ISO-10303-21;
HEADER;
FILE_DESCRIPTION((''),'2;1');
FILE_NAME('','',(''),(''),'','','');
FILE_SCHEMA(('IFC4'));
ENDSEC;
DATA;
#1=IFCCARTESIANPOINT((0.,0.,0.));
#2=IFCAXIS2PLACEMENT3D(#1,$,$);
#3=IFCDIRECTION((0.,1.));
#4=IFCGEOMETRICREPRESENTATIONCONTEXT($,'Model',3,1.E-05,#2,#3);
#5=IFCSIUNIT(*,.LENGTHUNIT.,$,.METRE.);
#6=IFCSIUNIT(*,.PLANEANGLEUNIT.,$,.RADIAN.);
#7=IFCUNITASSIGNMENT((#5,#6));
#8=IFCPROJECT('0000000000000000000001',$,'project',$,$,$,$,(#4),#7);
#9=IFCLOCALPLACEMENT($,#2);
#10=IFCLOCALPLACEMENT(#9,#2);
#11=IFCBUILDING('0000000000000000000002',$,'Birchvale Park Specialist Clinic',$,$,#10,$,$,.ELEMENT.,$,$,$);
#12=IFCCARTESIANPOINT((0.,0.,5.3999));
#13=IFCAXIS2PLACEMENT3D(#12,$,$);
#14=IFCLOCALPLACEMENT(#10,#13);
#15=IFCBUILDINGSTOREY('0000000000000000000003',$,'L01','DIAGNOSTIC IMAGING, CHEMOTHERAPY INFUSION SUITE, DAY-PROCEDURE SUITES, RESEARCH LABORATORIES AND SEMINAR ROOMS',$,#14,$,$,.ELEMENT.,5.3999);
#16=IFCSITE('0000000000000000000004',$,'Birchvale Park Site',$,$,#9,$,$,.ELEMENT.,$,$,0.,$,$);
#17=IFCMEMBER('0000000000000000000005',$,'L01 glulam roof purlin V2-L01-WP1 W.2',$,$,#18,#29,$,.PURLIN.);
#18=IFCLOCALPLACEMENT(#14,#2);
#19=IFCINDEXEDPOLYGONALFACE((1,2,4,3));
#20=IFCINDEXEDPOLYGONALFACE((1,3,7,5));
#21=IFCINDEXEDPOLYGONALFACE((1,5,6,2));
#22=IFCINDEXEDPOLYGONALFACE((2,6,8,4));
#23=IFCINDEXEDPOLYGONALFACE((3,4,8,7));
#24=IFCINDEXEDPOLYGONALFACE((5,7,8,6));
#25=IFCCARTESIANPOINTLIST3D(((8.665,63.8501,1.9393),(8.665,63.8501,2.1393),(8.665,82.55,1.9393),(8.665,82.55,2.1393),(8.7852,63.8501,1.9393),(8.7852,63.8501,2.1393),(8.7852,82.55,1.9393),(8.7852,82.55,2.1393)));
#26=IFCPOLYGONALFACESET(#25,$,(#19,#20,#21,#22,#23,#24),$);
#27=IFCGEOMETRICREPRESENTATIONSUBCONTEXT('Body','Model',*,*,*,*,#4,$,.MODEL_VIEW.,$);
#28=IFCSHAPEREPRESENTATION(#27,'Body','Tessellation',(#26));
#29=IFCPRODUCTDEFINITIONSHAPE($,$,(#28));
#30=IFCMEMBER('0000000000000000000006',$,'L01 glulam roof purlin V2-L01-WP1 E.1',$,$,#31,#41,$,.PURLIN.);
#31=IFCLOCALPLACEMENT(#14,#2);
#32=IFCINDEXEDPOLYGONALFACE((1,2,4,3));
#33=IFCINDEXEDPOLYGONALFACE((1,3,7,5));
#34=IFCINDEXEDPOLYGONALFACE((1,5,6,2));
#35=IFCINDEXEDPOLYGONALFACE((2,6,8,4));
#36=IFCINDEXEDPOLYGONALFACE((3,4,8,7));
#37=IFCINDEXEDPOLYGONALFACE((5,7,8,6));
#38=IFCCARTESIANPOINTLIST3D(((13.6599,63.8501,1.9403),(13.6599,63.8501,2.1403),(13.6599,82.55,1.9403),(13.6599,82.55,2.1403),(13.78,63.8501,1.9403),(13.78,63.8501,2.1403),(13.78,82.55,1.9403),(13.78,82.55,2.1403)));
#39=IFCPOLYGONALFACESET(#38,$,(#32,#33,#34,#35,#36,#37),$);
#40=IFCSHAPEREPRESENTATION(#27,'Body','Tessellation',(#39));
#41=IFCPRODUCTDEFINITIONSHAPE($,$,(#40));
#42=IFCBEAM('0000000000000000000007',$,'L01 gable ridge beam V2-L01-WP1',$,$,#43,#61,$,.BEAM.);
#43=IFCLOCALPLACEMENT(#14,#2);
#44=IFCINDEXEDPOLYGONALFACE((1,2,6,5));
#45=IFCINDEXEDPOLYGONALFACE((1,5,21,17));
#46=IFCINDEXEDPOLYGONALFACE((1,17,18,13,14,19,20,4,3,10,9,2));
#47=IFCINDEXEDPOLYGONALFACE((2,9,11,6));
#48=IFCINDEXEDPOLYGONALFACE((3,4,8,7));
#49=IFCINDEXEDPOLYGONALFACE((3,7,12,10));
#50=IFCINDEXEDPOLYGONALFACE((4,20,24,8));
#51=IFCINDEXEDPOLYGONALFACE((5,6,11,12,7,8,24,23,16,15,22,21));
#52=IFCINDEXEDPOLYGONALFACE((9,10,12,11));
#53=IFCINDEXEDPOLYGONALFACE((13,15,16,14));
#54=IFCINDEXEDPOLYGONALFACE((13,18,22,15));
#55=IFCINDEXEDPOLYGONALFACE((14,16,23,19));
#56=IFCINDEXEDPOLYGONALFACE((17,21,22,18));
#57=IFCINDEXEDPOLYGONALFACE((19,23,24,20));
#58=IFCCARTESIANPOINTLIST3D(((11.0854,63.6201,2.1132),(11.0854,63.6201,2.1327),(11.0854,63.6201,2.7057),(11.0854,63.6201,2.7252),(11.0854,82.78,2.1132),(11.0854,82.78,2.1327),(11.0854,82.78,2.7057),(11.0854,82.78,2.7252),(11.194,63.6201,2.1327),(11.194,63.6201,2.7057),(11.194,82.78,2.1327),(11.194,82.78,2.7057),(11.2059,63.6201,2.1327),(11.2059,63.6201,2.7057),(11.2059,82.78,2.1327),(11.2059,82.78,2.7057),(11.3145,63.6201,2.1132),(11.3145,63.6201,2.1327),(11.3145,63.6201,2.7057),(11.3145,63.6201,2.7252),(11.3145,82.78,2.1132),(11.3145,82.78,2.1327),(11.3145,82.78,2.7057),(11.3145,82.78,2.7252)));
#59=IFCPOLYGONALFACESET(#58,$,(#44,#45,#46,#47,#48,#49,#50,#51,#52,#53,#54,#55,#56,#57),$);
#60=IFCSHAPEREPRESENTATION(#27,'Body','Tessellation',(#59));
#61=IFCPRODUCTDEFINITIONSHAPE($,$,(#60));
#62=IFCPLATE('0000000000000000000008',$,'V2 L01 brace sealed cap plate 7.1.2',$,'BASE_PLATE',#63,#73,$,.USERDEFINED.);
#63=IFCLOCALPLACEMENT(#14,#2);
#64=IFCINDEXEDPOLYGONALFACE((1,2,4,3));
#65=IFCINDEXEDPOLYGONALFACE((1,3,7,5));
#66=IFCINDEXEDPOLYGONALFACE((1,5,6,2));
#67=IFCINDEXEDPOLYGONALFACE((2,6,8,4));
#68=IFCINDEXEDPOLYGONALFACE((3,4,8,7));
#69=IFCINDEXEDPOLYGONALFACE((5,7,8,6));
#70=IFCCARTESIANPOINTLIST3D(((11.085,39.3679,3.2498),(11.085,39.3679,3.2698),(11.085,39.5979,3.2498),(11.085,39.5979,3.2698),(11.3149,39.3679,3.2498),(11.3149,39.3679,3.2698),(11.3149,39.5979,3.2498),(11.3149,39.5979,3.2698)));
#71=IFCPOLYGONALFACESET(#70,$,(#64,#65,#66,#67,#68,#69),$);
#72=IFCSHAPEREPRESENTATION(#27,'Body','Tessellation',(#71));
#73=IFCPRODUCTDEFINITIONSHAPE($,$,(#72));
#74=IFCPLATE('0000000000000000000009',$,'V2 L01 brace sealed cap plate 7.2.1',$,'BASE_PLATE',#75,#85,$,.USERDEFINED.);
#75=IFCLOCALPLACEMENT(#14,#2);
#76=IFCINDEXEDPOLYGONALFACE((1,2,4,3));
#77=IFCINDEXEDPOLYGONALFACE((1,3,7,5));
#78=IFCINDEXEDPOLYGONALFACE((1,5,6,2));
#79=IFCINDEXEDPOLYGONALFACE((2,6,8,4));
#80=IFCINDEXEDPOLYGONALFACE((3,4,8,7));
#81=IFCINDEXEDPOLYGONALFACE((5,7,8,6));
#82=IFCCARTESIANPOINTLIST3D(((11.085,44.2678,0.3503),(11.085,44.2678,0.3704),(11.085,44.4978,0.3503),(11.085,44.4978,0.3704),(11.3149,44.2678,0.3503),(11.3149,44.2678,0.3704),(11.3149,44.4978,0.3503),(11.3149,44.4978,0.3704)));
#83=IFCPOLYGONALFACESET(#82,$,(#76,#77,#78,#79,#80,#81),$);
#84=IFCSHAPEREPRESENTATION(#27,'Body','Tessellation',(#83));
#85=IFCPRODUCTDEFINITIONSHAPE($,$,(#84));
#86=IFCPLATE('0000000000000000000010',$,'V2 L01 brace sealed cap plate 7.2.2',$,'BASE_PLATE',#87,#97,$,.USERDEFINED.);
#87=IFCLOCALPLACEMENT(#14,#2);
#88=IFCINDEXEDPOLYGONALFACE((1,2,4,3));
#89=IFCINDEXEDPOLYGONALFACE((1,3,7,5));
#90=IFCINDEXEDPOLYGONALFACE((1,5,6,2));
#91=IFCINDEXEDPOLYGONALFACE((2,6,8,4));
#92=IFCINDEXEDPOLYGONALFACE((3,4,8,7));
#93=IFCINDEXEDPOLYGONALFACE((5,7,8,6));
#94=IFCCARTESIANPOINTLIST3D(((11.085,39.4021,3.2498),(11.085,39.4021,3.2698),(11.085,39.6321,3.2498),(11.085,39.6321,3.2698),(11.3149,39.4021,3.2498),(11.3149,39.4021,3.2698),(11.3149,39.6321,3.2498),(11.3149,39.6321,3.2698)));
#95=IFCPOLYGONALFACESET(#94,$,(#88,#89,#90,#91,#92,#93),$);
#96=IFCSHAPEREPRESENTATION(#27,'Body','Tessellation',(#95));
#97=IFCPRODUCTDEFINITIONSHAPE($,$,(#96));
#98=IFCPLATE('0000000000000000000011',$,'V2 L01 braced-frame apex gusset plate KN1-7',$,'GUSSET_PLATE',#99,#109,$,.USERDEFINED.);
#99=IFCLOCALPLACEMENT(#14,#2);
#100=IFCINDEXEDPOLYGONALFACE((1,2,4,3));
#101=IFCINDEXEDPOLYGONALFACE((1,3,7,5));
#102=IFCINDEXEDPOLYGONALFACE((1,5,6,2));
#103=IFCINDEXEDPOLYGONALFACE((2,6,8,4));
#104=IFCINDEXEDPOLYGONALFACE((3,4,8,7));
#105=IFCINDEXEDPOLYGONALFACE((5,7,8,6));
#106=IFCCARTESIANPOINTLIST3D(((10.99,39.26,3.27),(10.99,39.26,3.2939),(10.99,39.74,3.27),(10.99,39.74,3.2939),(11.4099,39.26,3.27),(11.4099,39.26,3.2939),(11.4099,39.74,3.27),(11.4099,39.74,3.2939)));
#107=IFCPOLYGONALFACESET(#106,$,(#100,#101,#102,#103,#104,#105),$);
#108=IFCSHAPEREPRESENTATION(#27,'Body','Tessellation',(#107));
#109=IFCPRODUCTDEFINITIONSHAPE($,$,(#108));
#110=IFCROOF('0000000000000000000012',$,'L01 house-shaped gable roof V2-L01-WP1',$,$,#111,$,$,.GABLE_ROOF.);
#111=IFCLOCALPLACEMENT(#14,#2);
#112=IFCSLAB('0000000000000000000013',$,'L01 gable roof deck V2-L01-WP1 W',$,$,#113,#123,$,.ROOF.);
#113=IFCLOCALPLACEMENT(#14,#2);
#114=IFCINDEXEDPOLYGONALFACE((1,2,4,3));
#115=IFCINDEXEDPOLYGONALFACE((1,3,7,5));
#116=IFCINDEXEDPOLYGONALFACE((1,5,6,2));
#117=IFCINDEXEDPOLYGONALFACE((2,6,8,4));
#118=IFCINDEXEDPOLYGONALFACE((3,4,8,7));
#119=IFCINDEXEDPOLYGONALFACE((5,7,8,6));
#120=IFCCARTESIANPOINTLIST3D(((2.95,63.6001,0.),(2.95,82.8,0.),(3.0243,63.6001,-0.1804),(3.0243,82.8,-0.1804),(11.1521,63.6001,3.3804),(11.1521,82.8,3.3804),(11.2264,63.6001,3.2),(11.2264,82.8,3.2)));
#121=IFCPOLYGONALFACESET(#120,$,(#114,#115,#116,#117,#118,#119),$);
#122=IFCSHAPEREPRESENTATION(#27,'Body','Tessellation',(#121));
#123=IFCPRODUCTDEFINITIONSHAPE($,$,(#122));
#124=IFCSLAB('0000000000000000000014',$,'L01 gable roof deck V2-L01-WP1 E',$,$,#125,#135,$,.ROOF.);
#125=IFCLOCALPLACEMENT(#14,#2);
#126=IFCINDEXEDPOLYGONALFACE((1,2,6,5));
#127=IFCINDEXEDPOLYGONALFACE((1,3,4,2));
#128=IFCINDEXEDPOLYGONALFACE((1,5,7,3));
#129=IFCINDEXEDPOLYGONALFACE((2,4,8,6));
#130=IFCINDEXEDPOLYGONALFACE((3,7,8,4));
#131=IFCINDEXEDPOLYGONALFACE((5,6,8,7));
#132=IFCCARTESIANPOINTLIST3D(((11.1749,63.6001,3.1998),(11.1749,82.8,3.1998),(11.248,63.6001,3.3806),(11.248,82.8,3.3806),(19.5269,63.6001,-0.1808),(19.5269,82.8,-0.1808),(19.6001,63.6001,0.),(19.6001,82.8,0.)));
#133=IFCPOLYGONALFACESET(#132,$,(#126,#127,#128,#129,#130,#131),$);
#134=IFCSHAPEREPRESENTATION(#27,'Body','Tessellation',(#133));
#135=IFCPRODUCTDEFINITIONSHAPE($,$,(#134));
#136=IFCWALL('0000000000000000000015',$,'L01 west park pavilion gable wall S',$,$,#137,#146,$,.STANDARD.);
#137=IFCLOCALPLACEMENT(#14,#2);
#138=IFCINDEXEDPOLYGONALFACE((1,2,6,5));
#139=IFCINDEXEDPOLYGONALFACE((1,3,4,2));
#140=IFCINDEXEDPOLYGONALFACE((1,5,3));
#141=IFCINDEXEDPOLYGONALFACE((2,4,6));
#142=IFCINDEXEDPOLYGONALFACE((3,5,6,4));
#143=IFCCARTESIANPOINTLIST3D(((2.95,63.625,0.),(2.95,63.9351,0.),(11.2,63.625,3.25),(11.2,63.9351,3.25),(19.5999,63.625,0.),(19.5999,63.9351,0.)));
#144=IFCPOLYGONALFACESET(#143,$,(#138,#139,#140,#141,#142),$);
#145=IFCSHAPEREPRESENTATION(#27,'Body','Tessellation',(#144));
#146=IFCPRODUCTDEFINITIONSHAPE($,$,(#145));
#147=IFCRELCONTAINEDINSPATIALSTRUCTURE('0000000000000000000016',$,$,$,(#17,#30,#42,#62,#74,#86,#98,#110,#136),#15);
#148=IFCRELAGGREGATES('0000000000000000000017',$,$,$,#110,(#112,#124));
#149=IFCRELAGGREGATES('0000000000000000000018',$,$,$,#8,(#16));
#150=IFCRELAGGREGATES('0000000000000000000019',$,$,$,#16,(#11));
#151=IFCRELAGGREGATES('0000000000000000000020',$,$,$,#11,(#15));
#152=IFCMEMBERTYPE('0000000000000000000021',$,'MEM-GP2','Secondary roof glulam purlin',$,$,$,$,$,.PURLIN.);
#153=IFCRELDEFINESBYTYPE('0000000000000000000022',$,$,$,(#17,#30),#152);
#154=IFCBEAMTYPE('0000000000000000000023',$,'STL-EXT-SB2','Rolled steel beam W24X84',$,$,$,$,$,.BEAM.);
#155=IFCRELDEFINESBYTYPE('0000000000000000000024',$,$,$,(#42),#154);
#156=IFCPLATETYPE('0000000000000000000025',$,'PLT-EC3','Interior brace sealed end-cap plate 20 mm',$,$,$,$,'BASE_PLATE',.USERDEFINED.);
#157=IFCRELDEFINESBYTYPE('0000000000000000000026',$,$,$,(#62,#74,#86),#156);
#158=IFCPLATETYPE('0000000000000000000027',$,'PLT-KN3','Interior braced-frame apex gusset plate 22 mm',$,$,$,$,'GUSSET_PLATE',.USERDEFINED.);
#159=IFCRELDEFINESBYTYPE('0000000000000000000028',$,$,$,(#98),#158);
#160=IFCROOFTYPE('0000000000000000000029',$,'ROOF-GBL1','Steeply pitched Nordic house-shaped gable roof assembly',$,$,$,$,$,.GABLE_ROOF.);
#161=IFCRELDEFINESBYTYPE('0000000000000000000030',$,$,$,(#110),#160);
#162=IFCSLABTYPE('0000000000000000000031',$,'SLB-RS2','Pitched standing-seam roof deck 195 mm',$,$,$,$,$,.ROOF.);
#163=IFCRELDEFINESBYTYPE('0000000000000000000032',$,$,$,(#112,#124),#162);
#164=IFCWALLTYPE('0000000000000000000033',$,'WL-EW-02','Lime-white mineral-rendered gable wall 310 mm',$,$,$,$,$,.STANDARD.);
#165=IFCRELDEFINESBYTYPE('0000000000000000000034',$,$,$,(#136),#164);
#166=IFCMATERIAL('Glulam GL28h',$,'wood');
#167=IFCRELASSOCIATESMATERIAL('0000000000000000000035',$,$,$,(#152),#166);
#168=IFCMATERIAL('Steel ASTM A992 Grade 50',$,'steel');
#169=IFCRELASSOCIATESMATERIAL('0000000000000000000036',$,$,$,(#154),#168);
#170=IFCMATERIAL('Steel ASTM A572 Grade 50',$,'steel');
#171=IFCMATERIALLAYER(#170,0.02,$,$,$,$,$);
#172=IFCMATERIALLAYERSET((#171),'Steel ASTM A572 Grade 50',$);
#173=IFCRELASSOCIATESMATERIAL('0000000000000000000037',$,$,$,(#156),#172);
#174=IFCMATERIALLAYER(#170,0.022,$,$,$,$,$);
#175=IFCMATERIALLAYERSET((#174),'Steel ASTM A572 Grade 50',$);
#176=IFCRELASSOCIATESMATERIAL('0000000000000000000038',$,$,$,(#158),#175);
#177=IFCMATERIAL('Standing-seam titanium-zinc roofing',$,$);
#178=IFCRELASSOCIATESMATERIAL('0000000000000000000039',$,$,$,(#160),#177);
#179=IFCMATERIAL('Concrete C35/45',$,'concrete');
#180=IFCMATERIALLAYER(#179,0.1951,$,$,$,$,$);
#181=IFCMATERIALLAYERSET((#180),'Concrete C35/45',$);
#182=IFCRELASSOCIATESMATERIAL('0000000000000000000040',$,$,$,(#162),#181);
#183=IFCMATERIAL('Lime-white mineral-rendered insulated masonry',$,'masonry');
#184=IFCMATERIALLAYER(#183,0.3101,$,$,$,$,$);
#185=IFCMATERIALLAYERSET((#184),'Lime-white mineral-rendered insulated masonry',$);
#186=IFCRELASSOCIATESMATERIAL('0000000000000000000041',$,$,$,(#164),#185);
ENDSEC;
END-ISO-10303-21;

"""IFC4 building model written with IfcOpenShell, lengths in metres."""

from ifc_helpers import new_model, si_unit, direction, frame, origin, origin_2d, place, context, subcontext, project, spatial, polyline, rectangle, i_section, outline, extrude, material, layer, layer_set, material_profile, profile_set, type_object, element, aggregate, save


model = new_model("IFC4")

# Units and contexts
model_context = context("Model", 3, precision=1e-05, world=origin(), true_north=direction((0.0, 1.0)))
body_context = subcontext(model_context, "Body", "Model", "MODEL_VIEW")
ifc_project = project(units=[si_unit("LENGTHUNIT", "METRE"), si_unit("PLANEANGLEUNIT", "RADIAN")], contexts=[model_context])

# Site, building, storey
site_placement = place(None, origin())
site = spatial("IfcSite", under=ifc_project, at=site_placement, Name="Birchvale Park Site", CompositionType="ELEMENT", RefElevation=0.0)
building_placement = place(site_placement, origin())
building = spatial("IfcBuilding", under=site, at=building_placement, Name="Birchvale Park Specialist Clinic", CompositionType="ELEMENT")
storey_placement = place(building_placement, frame((0.0, 0.0, 5.3999)))
storey = spatial("IfcBuildingStorey", under=building, at=storey_placement, Name="L01", Description="DIAGNOSTIC IMAGING, CHEMOTHERAPY INFUSION SUITE, DAY-PROCEDURE SUITES, RESEARCH LABORATORIES AND SEMINAR ROOMS", CompositionType="ELEMENT", Elevation=5.3999)

# Members
ifc_material_1 = material(Name="Glulam GL28h", Category="wood")
ifc_material_profile_1 = material_profile(ifc_material_1, rectangle(XDim=0.1201, YDim=0.2, at=origin_2d()), Name="GL-120x200")
ifc_profile_set_1 = profile_set([ifc_material_profile_1], Name="Glulam GL28h")
member_type_1 = type_object("IfcMemberType", Name="MEM-GP2", Description="Secondary roof glulam purlin", PredefinedType="PURLIN", material=ifc_profile_set_1)
for number, where, z_axis, x_axis, name in (
    (1, (8.7251, 63.8501, 2.0393), (0.0, 1.0, 0.0), (-1.0, 0.0, 0.0), "L01 glulam roof purlin V2-L01-WP1 W.2"),
    (2, (13.72, 63.8501, 2.0403), (0.0, 1.0, 0.0), (-1.0, 0.0, 0.0), "L01 glulam roof purlin V2-L01-WP1 E.1"),
):
    element("IfcMember", number, at=place(storey_placement, frame(where, z_axis=z_axis, x_axis=x_axis)), inside=storey, type_object=member_type_1, Name=name, PredefinedType="PURLIN", context=body_context, shape_type="SweptSolid", body=[
        extrude(rectangle(XDim=0.1201, YDim=0.2, at=origin_2d()), origin(), (0.0, 0.0, 1.0), 18.7),
    ])

# Beam
ifc_material_2 = material(Name="Steel ASTM A992 Grade 50", Category="steel")
ifc_material_profile_2 = material_profile(ifc_material_2, i_section(OverallWidth=0.229, OverallDepth=0.6121, WebThickness=0.012, FlangeThickness=0.0195, at=origin_2d()), Name="W24X84")
ifc_profile_set_2 = profile_set([ifc_material_profile_2], Name="Steel ASTM A992 Grade 50")
beam_type_1 = type_object("IfcBeamType", Name="STL-EXT-SB2", Description="Rolled steel beam W24X84", PredefinedType="BEAM", material=ifc_profile_set_2)
beam_1_placement = place(storey_placement, frame((11.2, 63.6201, 2.4192), z_axis=(0.0, 1.0, 0.0), x_axis=(-1.0, 0.0, 0.0)))
element("IfcBeam", 3, at=beam_1_placement, inside=storey, type_object=beam_type_1, Name="L01 gable ridge beam V2-L01-WP1", PredefinedType="BEAM", context=body_context, shape_type="SweptSolid", body=[
    extrude(i_section(OverallWidth=0.229, OverallDepth=0.6121, WebThickness=0.012, FlangeThickness=0.0195, at=origin_2d()), origin(), (0.0, 0.0, 1.0), 19.1599),
])

# Plates
ifc_material_3 = material(Name="Steel ASTM A572 Grade 50", Category="steel")
ifc_layer_1 = layer(ifc_material_3, 0.02)
ifc_layer_set_1 = layer_set([ifc_layer_1], Name="Steel ASTM A572 Grade 50")
plate_type_1 = type_object("IfcPlateType", Name="PLT-EC3", Description="Interior brace sealed end-cap plate 20 mm", ElementType="BASE_PLATE", PredefinedType="USERDEFINED", material=ifc_layer_set_1)
for number, where, z_axis, x_axis, name in (
    (4, (11.2, 39.4829, 3.2498), (0.0, 0.0, 1.0), (1.0, 0.0, 0.0), "V2 L01 brace sealed cap plate 7.1.2"),
    (5, (11.2, 44.3828, 0.3503), (0.0, 0.0, 1.0), (1.0, 0.0, 0.0), "V2 L01 brace sealed cap plate 7.2.1"),
    (6, (11.2, 39.5171, 3.2498), (0.0, 0.0, 1.0), (1.0, 0.0, 0.0), "V2 L01 brace sealed cap plate 7.2.2"),
):
    element("IfcPlate", number, at=place(storey_placement, frame(where, z_axis=z_axis, x_axis=x_axis)), inside=storey, type_object=plate_type_1, Name=name, ObjectType="BASE_PLATE", PredefinedType="USERDEFINED", context=body_context, shape_type="SweptSolid", body=[
        extrude(rectangle(XDim=0.23, YDim=0.23, at=origin_2d()), origin(), (0.0, 0.0, 1.0), 0.02),
    ])
ifc_layer_2 = layer(ifc_material_3, 0.022)
ifc_layer_set_2 = layer_set([ifc_layer_2], Name="Steel ASTM A572 Grade 50")
plate_type_2 = type_object("IfcPlateType", Name="PLT-KN3", Description="Interior braced-frame apex gusset plate 22 mm", ElementType="GUSSET_PLATE", PredefinedType="USERDEFINED", material=ifc_layer_set_2)
plate_placement = place(storey_placement, frame((11.2, 39.5, 3.27), z_axis=(0.0, 0.0, 1.0), x_axis=(1.0, 0.0, 0.0)))
element("IfcPlate", 7, at=plate_placement, inside=storey, type_object=plate_type_2, Name="V2 L01 braced-frame apex gusset plate KN1-7", ObjectType="GUSSET_PLATE", PredefinedType="USERDEFINED", context=body_context, shape_type="SweptSolid", body=[
    extrude(rectangle(XDim=0.4199, YDim=0.48, at=origin_2d()), origin(), (0.0, 0.0, 1.0), 0.0239),
])

# Roof, slabs
ifc_material_4 = material(Name="Standing-seam titanium-zinc roofing")
roof_type = type_object("IfcRoofType", Name="ROOF-GBL1", Description="Steeply pitched Nordic house-shaped gable roof assembly", PredefinedType="GABLE_ROOF", material=ifc_material_4)
roof_placement = place(storey_placement, origin())
roof = element("IfcRoof", 8, at=roof_placement, inside=storey, type_object=roof_type, Name="L01 house-shaped gable roof V2-L01-WP1", PredefinedType="GABLE_ROOF")
ifc_material_5 = material(Name="Concrete C35/45", Category="concrete")
ifc_layer_3 = layer(ifc_material_5, 0.1951)
ifc_layer_set_3 = layer_set([ifc_layer_3], Name="Concrete C35/45")
slab_type = type_object("IfcSlabType", Name="SLB-RS2", Description="Pitched standing-seam roof deck 195 mm", PredefinedType="ROOF", material=ifc_layer_set_3)
slab_1_placement = place(storey_placement, frame((2.95, 63.6001, 0.0), z_axis=(-0.38104, 0.0, 0.924558), x_axis=(0.924558, 0.0, 0.38104)))
slab_1 = element("IfcSlab", 9, at=slab_1_placement, type_object=slab_type, Name="L01 gable roof deck V2-L01-WP1 W", PredefinedType="ROOF", context=body_context, shape_type="SweptSolid", body=[
    extrude(outline(polyline([(0.0, 0.0), (8.8714, 0.0), (8.8714, 19.2), (0.0, 19.2), (0.0, 0.0)])), origin(), (0.0, 0.0, -1.0), 0.1951),
])
slab_2_placement = place(storey_placement, frame((11.248, 63.6001, 3.3806), z_axis=(0.375195, 0.0, 0.926946), x_axis=(0.926946, 0.0, -0.375195)))
slab_2 = element("IfcSlab", 10, at=slab_2_placement, type_object=slab_type, Name="L01 gable roof deck V2-L01-WP1 E", PredefinedType="ROOF", context=body_context, shape_type="SweptSolid", body=[
    extrude(outline(polyline([(0.0, 0.0), (9.0103, 0.0), (9.0103, 19.2), (0.0, 19.2), (0.0, 0.0)])), origin(), (0.0, 0.0, -1.0), 0.1951),
])
aggregate(roof, [slab_1, slab_2])

# Wall
ifc_material_6 = material(Name="Lime-white mineral-rendered insulated masonry", Category="masonry")
ifc_layer_4 = layer(ifc_material_6, 0.3101)
ifc_layer_set_4 = layer_set([ifc_layer_4], Name="Lime-white mineral-rendered insulated masonry")
wall_type_1 = type_object("IfcWallType", Name="WL-EW-02", Description="Lime-white mineral-rendered gable wall 310 mm", PredefinedType="STANDARD", material=ifc_layer_set_4)
wall_1_placement = place(storey_placement, frame((2.95, 63.78, 0.0), z_axis=(0.0, 0.0, 1.0), x_axis=(1.0, 0.0, 0.0)))
element("IfcWall", 11, at=wall_1_placement, inside=storey, type_object=wall_type_1, Name="L01 west park pavilion gable wall S", PredefinedType="STANDARD", context=body_context, shape_type="SweptSolid", body=[
    extrude(outline(polyline([(0.0, 0.0), (16.6501, 0.0), (16.6499, 0.0), (8.25, 3.25), (0.0, 0.0), (0.0, 0.0)])), frame((0.0, 0.155, 0.0), z_axis=(0.0, -1.0, 0.0), x_axis=(1.0, 0.0, 0.0)), (0.0, 0.0, 1.0), 0.3101),
])

save(model, "model.ifc")
